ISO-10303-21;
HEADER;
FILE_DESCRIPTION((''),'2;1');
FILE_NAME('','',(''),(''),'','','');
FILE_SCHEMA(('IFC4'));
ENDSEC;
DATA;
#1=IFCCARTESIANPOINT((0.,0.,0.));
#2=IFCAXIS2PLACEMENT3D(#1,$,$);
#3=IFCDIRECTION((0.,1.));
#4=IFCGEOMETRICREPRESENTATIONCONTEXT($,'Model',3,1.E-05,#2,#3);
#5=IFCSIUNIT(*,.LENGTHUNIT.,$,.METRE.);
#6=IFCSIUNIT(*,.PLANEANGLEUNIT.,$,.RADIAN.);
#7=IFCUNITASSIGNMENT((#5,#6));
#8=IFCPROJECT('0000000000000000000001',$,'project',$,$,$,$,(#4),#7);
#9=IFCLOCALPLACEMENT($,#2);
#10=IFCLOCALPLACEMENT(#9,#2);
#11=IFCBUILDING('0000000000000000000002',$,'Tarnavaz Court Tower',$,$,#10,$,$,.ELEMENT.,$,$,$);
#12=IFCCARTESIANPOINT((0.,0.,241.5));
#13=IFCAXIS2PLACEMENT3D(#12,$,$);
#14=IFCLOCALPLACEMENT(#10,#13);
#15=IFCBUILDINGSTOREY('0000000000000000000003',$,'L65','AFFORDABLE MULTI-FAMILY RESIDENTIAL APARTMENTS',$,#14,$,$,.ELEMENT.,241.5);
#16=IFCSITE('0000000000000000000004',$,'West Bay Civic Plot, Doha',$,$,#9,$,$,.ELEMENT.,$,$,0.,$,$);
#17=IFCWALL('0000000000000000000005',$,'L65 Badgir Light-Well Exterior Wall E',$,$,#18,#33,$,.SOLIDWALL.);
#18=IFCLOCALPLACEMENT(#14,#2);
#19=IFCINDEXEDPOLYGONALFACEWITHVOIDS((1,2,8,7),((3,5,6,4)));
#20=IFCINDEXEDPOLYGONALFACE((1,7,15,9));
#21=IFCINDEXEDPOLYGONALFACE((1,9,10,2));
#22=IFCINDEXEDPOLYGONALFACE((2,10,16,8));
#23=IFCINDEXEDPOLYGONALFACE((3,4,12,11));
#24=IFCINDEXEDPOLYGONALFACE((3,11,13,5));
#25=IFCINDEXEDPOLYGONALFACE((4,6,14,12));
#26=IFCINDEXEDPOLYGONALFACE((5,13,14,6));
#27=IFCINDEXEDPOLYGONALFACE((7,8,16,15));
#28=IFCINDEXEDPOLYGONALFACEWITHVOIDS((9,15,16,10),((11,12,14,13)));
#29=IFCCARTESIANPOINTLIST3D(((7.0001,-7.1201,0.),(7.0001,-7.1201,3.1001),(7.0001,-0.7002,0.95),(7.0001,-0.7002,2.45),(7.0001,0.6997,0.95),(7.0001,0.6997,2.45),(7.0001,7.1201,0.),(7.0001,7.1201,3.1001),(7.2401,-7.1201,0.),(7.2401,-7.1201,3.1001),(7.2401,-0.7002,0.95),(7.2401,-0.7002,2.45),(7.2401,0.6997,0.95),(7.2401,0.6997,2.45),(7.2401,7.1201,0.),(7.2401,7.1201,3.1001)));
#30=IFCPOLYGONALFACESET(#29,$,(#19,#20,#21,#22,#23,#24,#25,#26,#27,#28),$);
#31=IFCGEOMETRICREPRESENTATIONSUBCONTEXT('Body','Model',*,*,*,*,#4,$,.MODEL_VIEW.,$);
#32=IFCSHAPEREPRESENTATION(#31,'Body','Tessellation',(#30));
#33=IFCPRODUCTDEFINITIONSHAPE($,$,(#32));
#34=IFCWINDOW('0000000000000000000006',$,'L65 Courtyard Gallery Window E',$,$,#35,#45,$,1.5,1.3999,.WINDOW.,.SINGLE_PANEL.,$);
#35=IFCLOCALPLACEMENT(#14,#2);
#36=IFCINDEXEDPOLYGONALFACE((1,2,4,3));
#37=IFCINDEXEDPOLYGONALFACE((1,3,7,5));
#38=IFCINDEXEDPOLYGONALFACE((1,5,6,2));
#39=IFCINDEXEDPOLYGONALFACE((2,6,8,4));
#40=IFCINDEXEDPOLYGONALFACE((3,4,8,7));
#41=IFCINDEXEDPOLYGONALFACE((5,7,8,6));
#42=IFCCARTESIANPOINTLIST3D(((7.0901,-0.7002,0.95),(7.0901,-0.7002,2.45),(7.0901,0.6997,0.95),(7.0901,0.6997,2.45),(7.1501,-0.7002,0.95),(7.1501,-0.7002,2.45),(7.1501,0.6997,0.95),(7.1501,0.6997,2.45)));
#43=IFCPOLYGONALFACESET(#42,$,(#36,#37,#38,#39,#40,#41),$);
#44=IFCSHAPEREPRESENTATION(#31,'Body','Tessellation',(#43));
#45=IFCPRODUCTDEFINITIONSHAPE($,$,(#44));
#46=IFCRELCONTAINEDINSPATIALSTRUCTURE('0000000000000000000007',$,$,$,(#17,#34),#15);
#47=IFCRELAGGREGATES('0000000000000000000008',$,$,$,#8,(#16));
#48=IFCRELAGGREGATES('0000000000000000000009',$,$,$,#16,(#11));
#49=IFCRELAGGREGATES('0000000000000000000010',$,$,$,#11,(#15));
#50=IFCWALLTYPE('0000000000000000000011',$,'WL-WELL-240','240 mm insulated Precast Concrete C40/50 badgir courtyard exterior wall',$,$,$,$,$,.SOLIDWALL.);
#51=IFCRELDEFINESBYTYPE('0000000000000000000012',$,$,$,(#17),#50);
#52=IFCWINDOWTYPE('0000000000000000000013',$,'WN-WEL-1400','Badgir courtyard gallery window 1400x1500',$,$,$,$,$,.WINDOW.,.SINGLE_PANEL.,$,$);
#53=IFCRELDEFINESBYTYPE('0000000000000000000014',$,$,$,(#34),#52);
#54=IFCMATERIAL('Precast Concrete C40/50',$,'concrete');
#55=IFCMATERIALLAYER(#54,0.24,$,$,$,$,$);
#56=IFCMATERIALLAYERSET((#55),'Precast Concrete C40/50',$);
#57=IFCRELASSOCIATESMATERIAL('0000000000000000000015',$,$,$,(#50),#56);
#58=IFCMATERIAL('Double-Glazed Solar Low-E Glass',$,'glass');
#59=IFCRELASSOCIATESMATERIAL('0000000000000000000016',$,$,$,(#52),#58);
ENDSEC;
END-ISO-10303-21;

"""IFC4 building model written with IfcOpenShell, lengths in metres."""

from ifc_helpers import new_model, si_unit, direction, frame, frame_2d, origin, place, context, subcontext, project, spatial, rectangle, extrude, material, layer, layer_set, type_object, element, fill, save


model = new_model("IFC4")

# Units and contexts
model_context = context("Model", 3, precision=1e-05, world=origin(), true_north=direction((0.0, 1.0)))
body_context = subcontext(model_context, "Body", "Model", "MODEL_VIEW")
ifc_project = project(units=[si_unit("LENGTHUNIT", "METRE"), si_unit("PLANEANGLEUNIT", "RADIAN")], contexts=[model_context])

# Site, building, storey
site_placement = place(None, origin())
site = spatial("IfcSite", under=ifc_project, at=site_placement, Name="West Bay Civic Plot, Doha", CompositionType="ELEMENT", RefElevation=0.0)
building_placement = place(site_placement, origin())
building = spatial("IfcBuilding", under=site, at=building_placement, Name="Tarnavaz Court Tower", CompositionType="ELEMENT")
storey_placement = place(building_placement, frame((0.0, 0.0, 241.5)))
storey = spatial("IfcBuildingStorey", under=building, at=storey_placement, Name="L65", Description="AFFORDABLE MULTI-FAMILY RESIDENTIAL APARTMENTS", CompositionType="ELEMENT", Elevation=241.5)

# Wall, opening, window
ifc_material_1 = material(Name="Precast Concrete C40/50", Category="concrete")
ifc_layer_1 = layer(ifc_material_1, 0.24)
ifc_layer_set_1 = layer_set([ifc_layer_1], Name="Precast Concrete C40/50")
wall_type_1 = type_object("IfcWallType", Name="WL-WELL-240", Description="240 mm insulated Precast Concrete C40/50 badgir courtyard exterior wall", PredefinedType="SOLIDWALL", material=ifc_layer_set_1)
wall_1_placement = place(storey_placement, frame((7.1201, -7.1201, 0.0), z_axis=(0.0, 0.0, 1.0), x_axis=(0.0, 1.0, 0.0)))
wall_1 = element("IfcWall", 1, at=wall_1_placement, inside=storey, type_object=wall_type_1, Name="L65 Badgir Light-Well Exterior Wall E", PredefinedType="SOLIDWALL", context=body_context, shape_type="SweptSolid", body=[
    extrude(rectangle(XDim=14.2402, YDim=0.24, at=frame_2d((7.1201, 0.0))), origin(), (0.0, 0.0, 1.0), 3.1001),
])
opening_1_placement = place(wall_1_placement, frame((6.4199, 0.0, 0.95)))
opening_1 = element("IfcOpeningElement", 2, at=opening_1_placement, cuts=wall_1, PredefinedType="OPENING", context=body_context, shape_type="SweptSolid", body=[
    extrude(rectangle(XDim=1.3999, YDim=1.5, at=frame_2d((0.7, 0.75))), frame((0.0, 0.1299, 0.0), z_axis=(0.0, -1.0, 0.0), x_axis=(1.0, 0.0, 0.0)), (0.0, 0.0, 1.0), 0.26),
])
ifc_material_2 = material(Name="Double-Glazed Solar Low-E Glass", Category="glass")
window_type = type_object("IfcWindowType", Name="WN-WEL-1400", Description="Badgir courtyard gallery window 1400x1500", PartitioningType="SINGLE_PANEL", PredefinedType="WINDOW", material=ifc_material_2)
window_placement = place(opening_1_placement, origin())
window = element("IfcWindow", 3, at=window_placement, inside=storey, type_object=window_type, Name="L65 Courtyard Gallery Window E", OverallHeight=1.5, OverallWidth=1.3999, PartitioningType="SINGLE_PANEL", PredefinedType="WINDOW", context=body_context, shape_type="SweptSolid", body=[
    extrude(rectangle(XDim=1.3999, YDim=1.5, at=frame_2d((0.7, 0.75))), frame((0.0, 0.03, 0.0), z_axis=(0.0, -1.0, 0.0), x_axis=(1.0, 0.0, 0.0)), (0.0, 0.0, 1.0), 0.0601),
])
fill(opening_1, window)

save(model, "model.ifc")
